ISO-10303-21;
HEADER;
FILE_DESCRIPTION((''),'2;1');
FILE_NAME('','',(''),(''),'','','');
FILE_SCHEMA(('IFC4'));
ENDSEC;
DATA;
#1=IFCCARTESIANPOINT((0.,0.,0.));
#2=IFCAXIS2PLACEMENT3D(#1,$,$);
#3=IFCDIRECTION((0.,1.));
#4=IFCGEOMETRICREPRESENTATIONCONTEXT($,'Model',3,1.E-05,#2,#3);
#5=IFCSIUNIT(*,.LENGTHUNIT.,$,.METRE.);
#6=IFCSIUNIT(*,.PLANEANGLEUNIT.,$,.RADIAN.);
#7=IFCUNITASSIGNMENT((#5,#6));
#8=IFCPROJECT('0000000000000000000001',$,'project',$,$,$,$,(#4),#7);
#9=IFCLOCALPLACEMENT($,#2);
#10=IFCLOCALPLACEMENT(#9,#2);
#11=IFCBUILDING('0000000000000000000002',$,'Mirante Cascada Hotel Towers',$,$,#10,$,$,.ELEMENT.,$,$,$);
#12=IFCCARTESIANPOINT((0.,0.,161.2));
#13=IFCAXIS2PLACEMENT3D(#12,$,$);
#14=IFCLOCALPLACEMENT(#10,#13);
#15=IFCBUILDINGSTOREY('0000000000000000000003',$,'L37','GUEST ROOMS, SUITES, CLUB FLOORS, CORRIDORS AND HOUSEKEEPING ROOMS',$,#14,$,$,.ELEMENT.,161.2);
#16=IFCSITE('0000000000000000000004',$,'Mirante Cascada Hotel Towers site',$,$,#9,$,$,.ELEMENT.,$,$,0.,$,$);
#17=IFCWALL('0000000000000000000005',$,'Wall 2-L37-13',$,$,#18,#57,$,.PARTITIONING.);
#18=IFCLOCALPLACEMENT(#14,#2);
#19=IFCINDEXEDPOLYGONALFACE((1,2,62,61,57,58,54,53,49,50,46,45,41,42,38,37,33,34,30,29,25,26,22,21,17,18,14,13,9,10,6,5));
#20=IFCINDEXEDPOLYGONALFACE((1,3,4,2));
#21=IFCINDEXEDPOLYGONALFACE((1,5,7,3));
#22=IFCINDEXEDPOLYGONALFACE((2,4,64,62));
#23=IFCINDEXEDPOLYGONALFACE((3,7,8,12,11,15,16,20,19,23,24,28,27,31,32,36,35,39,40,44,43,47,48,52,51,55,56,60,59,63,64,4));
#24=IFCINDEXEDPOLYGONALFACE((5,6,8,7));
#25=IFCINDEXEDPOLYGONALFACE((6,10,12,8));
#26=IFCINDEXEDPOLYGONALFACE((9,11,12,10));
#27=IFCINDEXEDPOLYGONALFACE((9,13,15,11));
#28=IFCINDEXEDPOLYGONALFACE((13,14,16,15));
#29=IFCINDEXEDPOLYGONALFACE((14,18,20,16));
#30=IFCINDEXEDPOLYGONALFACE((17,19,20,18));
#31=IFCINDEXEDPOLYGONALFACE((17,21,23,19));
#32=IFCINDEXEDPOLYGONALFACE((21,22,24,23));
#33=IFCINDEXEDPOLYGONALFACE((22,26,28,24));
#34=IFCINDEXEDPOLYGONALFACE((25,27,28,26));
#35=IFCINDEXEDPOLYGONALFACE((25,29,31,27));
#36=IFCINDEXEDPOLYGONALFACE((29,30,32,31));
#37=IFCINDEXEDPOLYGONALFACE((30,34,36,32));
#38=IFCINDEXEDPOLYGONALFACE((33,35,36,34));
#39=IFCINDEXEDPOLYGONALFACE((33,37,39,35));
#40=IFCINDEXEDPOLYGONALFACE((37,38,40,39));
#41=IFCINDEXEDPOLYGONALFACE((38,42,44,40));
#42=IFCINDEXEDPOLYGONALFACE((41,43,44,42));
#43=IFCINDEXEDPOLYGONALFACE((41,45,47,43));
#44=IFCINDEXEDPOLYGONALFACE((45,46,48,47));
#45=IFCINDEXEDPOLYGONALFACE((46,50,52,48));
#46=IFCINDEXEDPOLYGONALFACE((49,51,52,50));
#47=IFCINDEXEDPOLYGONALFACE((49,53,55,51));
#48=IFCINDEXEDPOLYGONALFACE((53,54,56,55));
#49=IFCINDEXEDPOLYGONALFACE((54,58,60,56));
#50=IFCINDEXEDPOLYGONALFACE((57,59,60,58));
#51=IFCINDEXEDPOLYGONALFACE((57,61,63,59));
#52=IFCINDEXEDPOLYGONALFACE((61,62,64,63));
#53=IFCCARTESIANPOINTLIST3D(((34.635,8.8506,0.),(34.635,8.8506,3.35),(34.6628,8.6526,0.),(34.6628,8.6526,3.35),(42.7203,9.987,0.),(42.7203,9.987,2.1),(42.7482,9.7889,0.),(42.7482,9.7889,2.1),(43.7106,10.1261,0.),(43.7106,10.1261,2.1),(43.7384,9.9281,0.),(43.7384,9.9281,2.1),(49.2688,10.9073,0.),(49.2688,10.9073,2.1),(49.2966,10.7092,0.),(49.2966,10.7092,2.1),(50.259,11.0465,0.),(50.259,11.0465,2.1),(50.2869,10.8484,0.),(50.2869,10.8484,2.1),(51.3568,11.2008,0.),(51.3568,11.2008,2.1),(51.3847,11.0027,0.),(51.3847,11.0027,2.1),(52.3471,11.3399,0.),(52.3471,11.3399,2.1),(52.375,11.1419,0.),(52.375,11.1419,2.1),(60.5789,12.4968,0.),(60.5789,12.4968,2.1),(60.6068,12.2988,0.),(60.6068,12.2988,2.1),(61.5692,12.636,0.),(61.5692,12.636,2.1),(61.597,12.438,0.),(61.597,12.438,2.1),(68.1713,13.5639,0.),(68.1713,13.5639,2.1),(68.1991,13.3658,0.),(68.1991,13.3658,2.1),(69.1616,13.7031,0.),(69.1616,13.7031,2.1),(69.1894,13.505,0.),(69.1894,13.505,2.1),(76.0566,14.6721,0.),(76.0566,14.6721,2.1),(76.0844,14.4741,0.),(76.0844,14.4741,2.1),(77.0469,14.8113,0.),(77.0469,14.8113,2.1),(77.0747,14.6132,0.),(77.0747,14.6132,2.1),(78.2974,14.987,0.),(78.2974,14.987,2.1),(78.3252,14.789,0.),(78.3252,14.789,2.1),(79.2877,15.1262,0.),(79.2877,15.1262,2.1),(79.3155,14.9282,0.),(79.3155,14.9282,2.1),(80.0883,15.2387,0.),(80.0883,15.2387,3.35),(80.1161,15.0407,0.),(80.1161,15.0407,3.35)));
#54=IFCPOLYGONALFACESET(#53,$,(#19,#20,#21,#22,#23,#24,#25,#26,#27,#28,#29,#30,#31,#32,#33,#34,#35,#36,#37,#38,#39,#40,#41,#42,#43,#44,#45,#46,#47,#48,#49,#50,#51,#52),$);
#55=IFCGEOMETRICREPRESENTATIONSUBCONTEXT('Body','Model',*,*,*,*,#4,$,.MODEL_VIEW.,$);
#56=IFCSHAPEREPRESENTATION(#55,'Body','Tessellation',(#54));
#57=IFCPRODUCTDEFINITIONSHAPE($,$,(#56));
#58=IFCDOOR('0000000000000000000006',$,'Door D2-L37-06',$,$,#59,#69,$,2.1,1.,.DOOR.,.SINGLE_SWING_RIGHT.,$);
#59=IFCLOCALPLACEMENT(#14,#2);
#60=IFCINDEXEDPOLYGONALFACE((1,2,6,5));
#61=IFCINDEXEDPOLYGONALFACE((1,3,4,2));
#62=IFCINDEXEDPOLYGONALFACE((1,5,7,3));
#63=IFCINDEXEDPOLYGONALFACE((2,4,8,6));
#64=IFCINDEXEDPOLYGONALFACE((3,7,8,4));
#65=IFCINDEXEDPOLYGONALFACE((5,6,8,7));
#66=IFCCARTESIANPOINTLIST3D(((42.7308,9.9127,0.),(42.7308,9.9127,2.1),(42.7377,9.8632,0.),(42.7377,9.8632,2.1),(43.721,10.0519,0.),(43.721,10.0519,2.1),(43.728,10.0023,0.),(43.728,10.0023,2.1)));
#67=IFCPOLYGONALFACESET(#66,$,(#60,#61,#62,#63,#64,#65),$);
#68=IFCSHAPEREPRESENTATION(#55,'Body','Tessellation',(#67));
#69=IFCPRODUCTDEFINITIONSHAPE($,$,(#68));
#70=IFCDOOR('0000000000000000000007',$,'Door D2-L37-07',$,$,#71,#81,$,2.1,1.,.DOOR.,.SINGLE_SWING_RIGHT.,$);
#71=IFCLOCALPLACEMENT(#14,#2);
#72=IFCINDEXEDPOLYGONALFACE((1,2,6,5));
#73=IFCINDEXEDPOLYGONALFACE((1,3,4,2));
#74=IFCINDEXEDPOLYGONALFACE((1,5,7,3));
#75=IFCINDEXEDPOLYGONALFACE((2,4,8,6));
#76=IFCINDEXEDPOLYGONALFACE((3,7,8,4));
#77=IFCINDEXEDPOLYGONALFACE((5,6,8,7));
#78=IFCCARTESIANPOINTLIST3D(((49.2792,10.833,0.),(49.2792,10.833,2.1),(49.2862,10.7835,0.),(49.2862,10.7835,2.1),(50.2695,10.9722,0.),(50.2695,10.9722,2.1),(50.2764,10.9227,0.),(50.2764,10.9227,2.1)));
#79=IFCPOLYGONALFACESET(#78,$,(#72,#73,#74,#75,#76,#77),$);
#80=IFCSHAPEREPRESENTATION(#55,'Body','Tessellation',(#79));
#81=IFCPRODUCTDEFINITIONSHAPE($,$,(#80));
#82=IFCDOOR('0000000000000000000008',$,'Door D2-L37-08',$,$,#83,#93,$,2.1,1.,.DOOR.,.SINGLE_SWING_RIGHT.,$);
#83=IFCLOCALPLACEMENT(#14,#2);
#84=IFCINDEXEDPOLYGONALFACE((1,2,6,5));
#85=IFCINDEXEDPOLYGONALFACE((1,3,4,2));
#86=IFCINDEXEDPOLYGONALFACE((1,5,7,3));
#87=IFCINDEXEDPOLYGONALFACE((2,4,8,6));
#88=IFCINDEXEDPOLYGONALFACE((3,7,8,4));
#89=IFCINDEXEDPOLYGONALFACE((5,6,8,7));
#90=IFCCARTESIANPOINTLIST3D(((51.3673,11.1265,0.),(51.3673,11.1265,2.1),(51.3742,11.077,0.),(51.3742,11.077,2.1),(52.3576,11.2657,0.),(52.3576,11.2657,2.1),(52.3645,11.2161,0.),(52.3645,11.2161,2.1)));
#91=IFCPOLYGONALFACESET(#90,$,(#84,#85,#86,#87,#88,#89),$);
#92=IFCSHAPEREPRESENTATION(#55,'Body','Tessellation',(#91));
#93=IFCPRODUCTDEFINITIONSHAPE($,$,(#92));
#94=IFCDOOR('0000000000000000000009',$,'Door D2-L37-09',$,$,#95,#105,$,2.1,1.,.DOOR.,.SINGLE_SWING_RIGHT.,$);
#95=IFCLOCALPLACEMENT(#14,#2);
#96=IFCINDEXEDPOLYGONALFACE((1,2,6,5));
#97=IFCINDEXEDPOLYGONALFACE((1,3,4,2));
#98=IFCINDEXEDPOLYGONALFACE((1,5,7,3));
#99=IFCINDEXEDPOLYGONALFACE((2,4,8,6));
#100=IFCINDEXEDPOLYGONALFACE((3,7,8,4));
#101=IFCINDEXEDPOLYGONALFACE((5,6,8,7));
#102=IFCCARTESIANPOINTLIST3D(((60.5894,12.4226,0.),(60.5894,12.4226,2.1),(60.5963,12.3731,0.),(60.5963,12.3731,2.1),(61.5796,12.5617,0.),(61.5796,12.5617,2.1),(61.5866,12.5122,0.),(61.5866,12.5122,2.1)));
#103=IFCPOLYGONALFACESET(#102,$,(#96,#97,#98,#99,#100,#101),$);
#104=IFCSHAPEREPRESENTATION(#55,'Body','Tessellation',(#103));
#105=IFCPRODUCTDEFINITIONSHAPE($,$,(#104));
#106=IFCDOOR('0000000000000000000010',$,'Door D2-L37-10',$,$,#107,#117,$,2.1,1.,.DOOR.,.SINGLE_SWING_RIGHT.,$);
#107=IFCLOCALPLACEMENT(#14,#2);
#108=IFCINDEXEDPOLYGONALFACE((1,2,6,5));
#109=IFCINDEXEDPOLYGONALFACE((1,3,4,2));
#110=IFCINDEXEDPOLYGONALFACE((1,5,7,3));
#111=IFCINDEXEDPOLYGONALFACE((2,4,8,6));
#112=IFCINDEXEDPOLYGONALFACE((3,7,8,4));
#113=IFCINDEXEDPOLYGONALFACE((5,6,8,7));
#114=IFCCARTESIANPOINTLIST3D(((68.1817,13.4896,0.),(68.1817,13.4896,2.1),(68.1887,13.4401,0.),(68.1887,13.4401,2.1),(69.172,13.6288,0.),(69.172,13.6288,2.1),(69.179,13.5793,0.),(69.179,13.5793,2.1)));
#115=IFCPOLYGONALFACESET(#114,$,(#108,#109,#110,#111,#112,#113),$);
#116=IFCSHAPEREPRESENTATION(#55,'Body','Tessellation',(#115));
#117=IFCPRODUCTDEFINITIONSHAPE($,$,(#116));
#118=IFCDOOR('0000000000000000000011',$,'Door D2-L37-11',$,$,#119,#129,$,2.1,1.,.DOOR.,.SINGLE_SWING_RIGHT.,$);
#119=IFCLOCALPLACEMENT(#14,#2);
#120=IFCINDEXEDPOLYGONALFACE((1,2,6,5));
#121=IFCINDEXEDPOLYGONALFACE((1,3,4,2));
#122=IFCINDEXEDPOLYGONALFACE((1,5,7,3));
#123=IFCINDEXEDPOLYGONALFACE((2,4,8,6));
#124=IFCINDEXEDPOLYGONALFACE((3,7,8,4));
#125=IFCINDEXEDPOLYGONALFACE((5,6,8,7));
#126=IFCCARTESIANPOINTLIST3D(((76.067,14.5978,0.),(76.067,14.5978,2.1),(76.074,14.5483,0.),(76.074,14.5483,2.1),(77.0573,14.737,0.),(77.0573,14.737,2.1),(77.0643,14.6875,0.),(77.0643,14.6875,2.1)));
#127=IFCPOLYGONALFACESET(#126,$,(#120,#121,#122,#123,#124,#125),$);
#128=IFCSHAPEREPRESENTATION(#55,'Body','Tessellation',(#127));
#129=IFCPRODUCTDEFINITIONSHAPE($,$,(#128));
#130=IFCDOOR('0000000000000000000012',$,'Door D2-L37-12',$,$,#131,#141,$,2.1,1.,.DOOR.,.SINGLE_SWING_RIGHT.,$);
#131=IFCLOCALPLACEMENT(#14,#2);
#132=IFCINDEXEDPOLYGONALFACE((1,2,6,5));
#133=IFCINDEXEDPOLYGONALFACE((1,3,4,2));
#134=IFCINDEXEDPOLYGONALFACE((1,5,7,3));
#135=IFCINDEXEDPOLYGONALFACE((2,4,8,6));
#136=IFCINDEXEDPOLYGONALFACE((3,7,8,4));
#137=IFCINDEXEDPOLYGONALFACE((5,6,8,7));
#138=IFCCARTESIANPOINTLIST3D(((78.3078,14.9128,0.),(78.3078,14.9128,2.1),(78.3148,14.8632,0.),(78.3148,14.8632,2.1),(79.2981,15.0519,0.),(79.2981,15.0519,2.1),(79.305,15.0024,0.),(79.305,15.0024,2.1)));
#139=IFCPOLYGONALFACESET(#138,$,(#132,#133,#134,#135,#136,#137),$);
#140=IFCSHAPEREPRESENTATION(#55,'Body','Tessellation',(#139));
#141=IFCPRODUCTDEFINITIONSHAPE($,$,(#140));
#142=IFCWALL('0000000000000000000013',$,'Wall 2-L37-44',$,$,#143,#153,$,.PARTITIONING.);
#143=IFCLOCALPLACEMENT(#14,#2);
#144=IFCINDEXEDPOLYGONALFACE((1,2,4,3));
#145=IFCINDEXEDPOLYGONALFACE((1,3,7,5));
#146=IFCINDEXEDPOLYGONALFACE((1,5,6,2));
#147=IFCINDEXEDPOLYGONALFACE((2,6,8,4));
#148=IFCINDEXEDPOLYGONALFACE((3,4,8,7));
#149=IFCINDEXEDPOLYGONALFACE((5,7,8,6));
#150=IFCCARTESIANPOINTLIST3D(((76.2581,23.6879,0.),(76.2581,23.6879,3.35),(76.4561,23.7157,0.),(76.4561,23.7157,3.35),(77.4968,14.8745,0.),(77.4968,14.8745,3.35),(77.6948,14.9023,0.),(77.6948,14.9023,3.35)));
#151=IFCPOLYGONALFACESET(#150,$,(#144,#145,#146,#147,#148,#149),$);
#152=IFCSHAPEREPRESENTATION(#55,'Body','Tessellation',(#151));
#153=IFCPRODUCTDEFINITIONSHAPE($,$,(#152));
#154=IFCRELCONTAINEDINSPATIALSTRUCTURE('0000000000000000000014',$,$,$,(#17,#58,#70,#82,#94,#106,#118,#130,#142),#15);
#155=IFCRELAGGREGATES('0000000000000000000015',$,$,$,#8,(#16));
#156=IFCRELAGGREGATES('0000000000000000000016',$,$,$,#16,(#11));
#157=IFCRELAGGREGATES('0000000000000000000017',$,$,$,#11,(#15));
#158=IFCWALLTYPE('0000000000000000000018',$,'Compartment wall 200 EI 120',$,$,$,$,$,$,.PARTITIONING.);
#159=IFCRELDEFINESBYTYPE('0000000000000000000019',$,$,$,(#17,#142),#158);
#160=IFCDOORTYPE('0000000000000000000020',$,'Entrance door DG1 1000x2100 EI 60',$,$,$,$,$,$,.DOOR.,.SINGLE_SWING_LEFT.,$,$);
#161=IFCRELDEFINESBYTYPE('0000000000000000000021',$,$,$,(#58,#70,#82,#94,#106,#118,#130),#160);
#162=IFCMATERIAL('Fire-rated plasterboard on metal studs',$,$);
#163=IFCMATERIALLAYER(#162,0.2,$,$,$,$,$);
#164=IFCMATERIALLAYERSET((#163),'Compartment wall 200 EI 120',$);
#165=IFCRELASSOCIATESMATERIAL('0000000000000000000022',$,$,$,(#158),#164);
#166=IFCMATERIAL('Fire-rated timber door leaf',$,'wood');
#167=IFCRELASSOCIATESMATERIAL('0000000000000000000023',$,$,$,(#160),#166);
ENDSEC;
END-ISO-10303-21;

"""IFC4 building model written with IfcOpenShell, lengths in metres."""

from ifc_helpers import new_model, si_unit, direction, frame, frame_2d, origin, place, context, subcontext, project, spatial, rectangle, extrude, material, layer, layer_set, type_object, element, fill, save


model = new_model("IFC4")

# Units and contexts
model_context = context("Model", 3, precision=1e-05, world=origin(), true_north=direction((0.0, 1.0)))
body_context = subcontext(model_context, "Body", "Model", "MODEL_VIEW")
ifc_project = project(units=[si_unit("LENGTHUNIT", "METRE"), si_unit("PLANEANGLEUNIT", "RADIAN")], contexts=[model_context])

# Site, building, storey
site_placement = place(None, origin())
site = spatial("IfcSite", under=ifc_project, at=site_placement, Name="Mirante Cascada Hotel Towers site", CompositionType="ELEMENT", RefElevation=0.0)
building_placement = place(site_placement, origin())
building = spatial("IfcBuilding", under=site, at=building_placement, Name="Mirante Cascada Hotel Towers", CompositionType="ELEMENT")
storey_placement = place(building_placement, frame((0.0, 0.0, 161.2)))
storey = spatial("IfcBuildingStorey", under=building, at=storey_placement, Name="L37", Description="GUEST ROOMS, SUITES, CLUB FLOORS, CORRIDORS AND HOUSEKEEPING ROOMS", CompositionType="ELEMENT", Elevation=161.2)

# Shared definitions
ifc_material_1 = material(Name="Fire-rated plasterboard on metal studs")
ifc_layer_1 = layer(ifc_material_1, 0.2)
ifc_layer_set_1 = layer_set([ifc_layer_1], Name="Compartment wall 200 EI 120")
wall_type_1 = type_object("IfcWallType", Name="Compartment wall 200 EI 120", PredefinedType="PARTITIONING", material=ifc_layer_set_1)

# Wall, openings, doors
wall_1_placement = place(storey_placement, frame((80.1022, 15.1397, 0.0), z_axis=(0.0, 0.0, 1.0), x_axis=(-0.990268, -0.139174, 0.0)))
wall_1 = element("IfcWall", 1, at=wall_1_placement, inside=storey, type_object=wall_type_1, Name="Wall 2-L37-13", PredefinedType="PARTITIONING", context=body_context, shape_type="SweptSolid", body=[
    extrude(rectangle(XDim=45.9, YDim=0.2, at=frame_2d((22.95, 0.0))), origin(), (0.0, 0.0, 1.0), 3.35),
])
opening_1_placement = place(wall_1_placement, frame((36.7352, 0.0, 0.0)))
opening_1 = element("IfcOpeningElement", 2, at=opening_1_placement, cuts=wall_1, PredefinedType="OPENING", context=body_context, shape_type="SweptSolid", body=[
    extrude(rectangle(XDim=1.0, YDim=2.1, at=frame_2d((0.5, 1.05))), frame((0.0, 0.1, 0.0), z_axis=(0.0, -1.0, 0.0), x_axis=(1.0, 0.0, 0.0)), (0.0, 0.0, 1.0), 0.2),
])
opening_2_placement = place(wall_1_placement, frame((30.1224, 0.0, 0.0)))
opening_2 = element("IfcOpeningElement", 3, at=opening_2_placement, cuts=wall_1, PredefinedType="OPENING", context=body_context, shape_type="SweptSolid", body=[
    extrude(rectangle(XDim=1.0, YDim=2.1, at=frame_2d((0.5, 1.05))), frame((0.0, 0.1, 0.0), z_axis=(0.0, -1.0, 0.0), x_axis=(1.0, 0.0, 0.0)), (0.0, 0.0, 1.0), 0.2),
])
opening_3_placement = place(wall_1_placement, frame((28.0138, 0.0, 0.0)))
opening_3 = element("IfcOpeningElement", 4, at=opening_3_placement, cuts=wall_1, PredefinedType="OPENING", context=body_context, shape_type="SweptSolid", body=[
    extrude(rectangle(XDim=1.0, YDim=2.1, at=frame_2d((0.5, 1.05))), frame((0.0, 0.1, 0.0), z_axis=(0.0, -1.0, 0.0), x_axis=(1.0, 0.0, 0.0)), (0.0, 0.0, 1.0), 0.2),
])
opening_4_placement = place(wall_1_placement, frame((18.7011, 0.0, 0.0)))
opening_4 = element("IfcOpeningElement", 5, at=opening_4_placement, cuts=wall_1, PredefinedType="OPENING", context=body_context, shape_type="SweptSolid", body=[
    extrude(rectangle(XDim=1.0, YDim=2.1, at=frame_2d((0.5, 1.05))), frame((0.0, 0.1, 0.0), z_axis=(0.0, -1.0, 0.0), x_axis=(1.0, 0.0, 0.0)), (0.0, 0.0, 1.0), 0.2),
])
opening_5_placement = place(wall_1_placement, frame((11.0341, 0.0, 0.0)))
opening_5 = element("IfcOpeningElement", 6, at=opening_5_placement, cuts=wall_1, PredefinedType="OPENING", context=body_context, shape_type="SweptSolid", body=[
    extrude(rectangle(XDim=1.0, YDim=2.1, at=frame_2d((0.5, 1.05))), frame((0.0, 0.1, 0.0), z_axis=(0.0, -1.0, 0.0), x_axis=(1.0, 0.0, 0.0)), (0.0, 0.0, 1.0), 0.2),
])
opening_6_placement = place(wall_1_placement, frame((3.0713, 0.0, 0.0)))
opening_6 = element("IfcOpeningElement", 7, at=opening_6_placement, cuts=wall_1, PredefinedType="OPENING", context=body_context, shape_type="SweptSolid", body=[
    extrude(rectangle(XDim=1.0, YDim=2.1, at=frame_2d((0.5, 1.05))), frame((0.0, 0.1, 0.0), z_axis=(0.0, -1.0, 0.0), x_axis=(1.0, 0.0, 0.0)), (0.0, 0.0, 1.0), 0.2),
])
opening_7_placement = place(wall_1_placement, frame((0.8085, 0.0, 0.0)))
opening_7 = element("IfcOpeningElement", 8, at=opening_7_placement, cuts=wall_1, PredefinedType="OPENING", context=body_context, shape_type="SweptSolid", body=[
    extrude(rectangle(XDim=1.0, YDim=2.1, at=frame_2d((0.5, 1.05))), frame((0.0, 0.1, 0.0), z_axis=(0.0, -1.0, 0.0), x_axis=(1.0, 0.0, 0.0)), (0.0, 0.0, 1.0), 0.2),
])
ifc_material_2 = material(Name="Fire-rated timber door leaf", Category="wood")
door_type_1 = type_object("IfcDoorType", Name="Entrance door DG1 1000x2100 EI 60", OperationType="SINGLE_SWING_LEFT", PredefinedType="DOOR", material=ifc_material_2)
door_1_placement = place(opening_1_placement, frame((1.0, 0.0, 0.0), z_axis=(0.0, 0.0, 1.0), x_axis=(-1.0, 0.0, 0.0)))
door_1 = element("IfcDoor", 9, at=door_1_placement, inside=storey, type_object=door_type_1, Name="Door D2-L37-06", OperationType="SINGLE_SWING_RIGHT", OverallHeight=2.1, OverallWidth=1.0, PredefinedType="DOOR", context=body_context, shape_type="SweptSolid", body=[
    extrude(rectangle(XDim=1.0, YDim=2.1, at=frame_2d((0.5, 1.05))), frame((0.0, 0.025, 0.0), z_axis=(0.0, -1.0, 0.0), x_axis=(1.0, 0.0, 0.0)), (0.0, 0.0, 1.0), 0.05),
])
fill(opening_1, door_1)
door_2_placement = place(opening_2_placement, frame((1.0, 0.0, 0.0), z_axis=(0.0, 0.0, 1.0), x_axis=(-1.0, 0.0, 0.0)))
door_2 = element("IfcDoor", 10, at=door_2_placement, inside=storey, type_object=door_type_1, Name="Door D2-L37-07", OperationType="SINGLE_SWING_RIGHT", OverallHeight=2.1, OverallWidth=1.0, PredefinedType="DOOR", context=body_context, shape_type="SweptSolid", body=[
    extrude(rectangle(XDim=1.0, YDim=2.1, at=frame_2d((0.5, 1.05))), frame((0.0, 0.025, 0.0), z_axis=(0.0, -1.0, 0.0), x_axis=(1.0, 0.0, 0.0)), (0.0, 0.0, 1.0), 0.05),
])
fill(opening_2, door_2)
door_3_placement = place(opening_3_placement, frame((1.0, 0.0, 0.0), z_axis=(0.0, 0.0, 1.0), x_axis=(-1.0, 0.0, 0.0)))
door_3 = element("IfcDoor", 11, at=door_3_placement, inside=storey, type_object=door_type_1, Name="Door D2-L37-08", OperationType="SINGLE_SWING_RIGHT", OverallHeight=2.1, OverallWidth=1.0, PredefinedType="DOOR", context=body_context, shape_type="SweptSolid", body=[
    extrude(rectangle(XDim=1.0, YDim=2.1, at=frame_2d((0.5, 1.05))), frame((0.0, 0.025, 0.0), z_axis=(0.0, -1.0, 0.0), x_axis=(1.0, 0.0, 0.0)), (0.0, 0.0, 1.0), 0.05),
])
fill(opening_3, door_3)
door_4_placement = place(opening_4_placement, frame((1.0, 0.0, 0.0), z_axis=(0.0, 0.0, 1.0), x_axis=(-1.0, 0.0, 0.0)))
door_4 = element("IfcDoor", 12, at=door_4_placement, inside=storey, type_object=door_type_1, Name="Door D2-L37-09", OperationType="SINGLE_SWING_RIGHT", OverallHeight=2.1, OverallWidth=1.0, PredefinedType="DOOR", context=body_context, shape_type="SweptSolid", body=[
    extrude(rectangle(XDim=1.0, YDim=2.1, at=frame_2d((0.5, 1.05))), frame((0.0, 0.025, 0.0), z_axis=(0.0, -1.0, 0.0), x_axis=(1.0, 0.0, 0.0)), (0.0, 0.0, 1.0), 0.05),
])
fill(opening_4, door_4)
door_5_placement = place(opening_5_placement, frame((1.0, 0.0, 0.0), z_axis=(0.0, 0.0, 1.0), x_axis=(-1.0, 0.0, 0.0)))
door_5 = element("IfcDoor", 13, at=door_5_placement, inside=storey, type_object=door_type_1, Name="Door D2-L37-10", OperationType="SINGLE_SWING_RIGHT", OverallHeight=2.1, OverallWidth=1.0, PredefinedType="DOOR", context=body_context, shape_type="SweptSolid", body=[
    extrude(rectangle(XDim=1.0, YDim=2.1, at=frame_2d((0.5, 1.05))), frame((0.0, 0.025, 0.0), z_axis=(0.0, -1.0, 0.0), x_axis=(1.0, 0.0, 0.0)), (0.0, 0.0, 1.0), 0.05),
])
fill(opening_5, door_5)
door_6_placement = place(opening_6_placement, frame((1.0, 0.0, 0.0), z_axis=(0.0, 0.0, 1.0), x_axis=(-1.0, 0.0, 0.0)))
door_6 = element("IfcDoor", 14, at=door_6_placement, inside=storey, type_object=door_type_1, Name="Door D2-L37-11", OperationType="SINGLE_SWING_RIGHT", OverallHeight=2.1, OverallWidth=1.0, PredefinedType="DOOR", context=body_context, shape_type="SweptSolid", body=[
    extrude(rectangle(XDim=1.0, YDim=2.1, at=frame_2d((0.5, 1.05))), frame((0.0, 0.025, 0.0), z_axis=(0.0, -1.0, 0.0), x_axis=(1.0, 0.0, 0.0)), (0.0, 0.0, 1.0), 0.05),
])
fill(opening_6, door_6)
door_7_placement = place(opening_7_placement, frame((1.0, 0.0, 0.0), z_axis=(0.0, 0.0, 1.0), x_axis=(-1.0, 0.0, 0.0)))
door_7 = element("IfcDoor", 15, at=door_7_placement, inside=storey, type_object=door_type_1, Name="Door D2-L37-12", OperationType="SINGLE_SWING_RIGHT", OverallHeight=2.1, OverallWidth=1.0, PredefinedType="DOOR", context=body_context, shape_type="SweptSolid", body=[
    extrude(rectangle(XDim=1.0, YDim=2.1, at=frame_2d((0.5, 1.05))), frame((0.0, 0.025, 0.0), z_axis=(0.0, -1.0, 0.0), x_axis=(1.0, 0.0, 0.0)), (0.0, 0.0, 1.0), 0.05),
])
fill(opening_7, door_7)

# Wall
wall_2_placement = place(storey_placement, frame((77.5958, 14.8884, 0.0), z_axis=(0.0, 0.0, 1.0), x_axis=(-0.139179, 0.990267, 0.0)))
element("IfcWall", 16, at=wall_2_placement, inside=storey, type_object=wall_type_1, Name="Wall 2-L37-44", PredefinedType="PARTITIONING", context=body_context, shape_type="SweptSolid", body=[
    extrude(rectangle(XDim=8.9, YDim=0.2, at=frame_2d((4.45, 0.0))), origin(), (0.0, 0.0, 1.0), 3.35),
])

save(model, "model.ifc")
